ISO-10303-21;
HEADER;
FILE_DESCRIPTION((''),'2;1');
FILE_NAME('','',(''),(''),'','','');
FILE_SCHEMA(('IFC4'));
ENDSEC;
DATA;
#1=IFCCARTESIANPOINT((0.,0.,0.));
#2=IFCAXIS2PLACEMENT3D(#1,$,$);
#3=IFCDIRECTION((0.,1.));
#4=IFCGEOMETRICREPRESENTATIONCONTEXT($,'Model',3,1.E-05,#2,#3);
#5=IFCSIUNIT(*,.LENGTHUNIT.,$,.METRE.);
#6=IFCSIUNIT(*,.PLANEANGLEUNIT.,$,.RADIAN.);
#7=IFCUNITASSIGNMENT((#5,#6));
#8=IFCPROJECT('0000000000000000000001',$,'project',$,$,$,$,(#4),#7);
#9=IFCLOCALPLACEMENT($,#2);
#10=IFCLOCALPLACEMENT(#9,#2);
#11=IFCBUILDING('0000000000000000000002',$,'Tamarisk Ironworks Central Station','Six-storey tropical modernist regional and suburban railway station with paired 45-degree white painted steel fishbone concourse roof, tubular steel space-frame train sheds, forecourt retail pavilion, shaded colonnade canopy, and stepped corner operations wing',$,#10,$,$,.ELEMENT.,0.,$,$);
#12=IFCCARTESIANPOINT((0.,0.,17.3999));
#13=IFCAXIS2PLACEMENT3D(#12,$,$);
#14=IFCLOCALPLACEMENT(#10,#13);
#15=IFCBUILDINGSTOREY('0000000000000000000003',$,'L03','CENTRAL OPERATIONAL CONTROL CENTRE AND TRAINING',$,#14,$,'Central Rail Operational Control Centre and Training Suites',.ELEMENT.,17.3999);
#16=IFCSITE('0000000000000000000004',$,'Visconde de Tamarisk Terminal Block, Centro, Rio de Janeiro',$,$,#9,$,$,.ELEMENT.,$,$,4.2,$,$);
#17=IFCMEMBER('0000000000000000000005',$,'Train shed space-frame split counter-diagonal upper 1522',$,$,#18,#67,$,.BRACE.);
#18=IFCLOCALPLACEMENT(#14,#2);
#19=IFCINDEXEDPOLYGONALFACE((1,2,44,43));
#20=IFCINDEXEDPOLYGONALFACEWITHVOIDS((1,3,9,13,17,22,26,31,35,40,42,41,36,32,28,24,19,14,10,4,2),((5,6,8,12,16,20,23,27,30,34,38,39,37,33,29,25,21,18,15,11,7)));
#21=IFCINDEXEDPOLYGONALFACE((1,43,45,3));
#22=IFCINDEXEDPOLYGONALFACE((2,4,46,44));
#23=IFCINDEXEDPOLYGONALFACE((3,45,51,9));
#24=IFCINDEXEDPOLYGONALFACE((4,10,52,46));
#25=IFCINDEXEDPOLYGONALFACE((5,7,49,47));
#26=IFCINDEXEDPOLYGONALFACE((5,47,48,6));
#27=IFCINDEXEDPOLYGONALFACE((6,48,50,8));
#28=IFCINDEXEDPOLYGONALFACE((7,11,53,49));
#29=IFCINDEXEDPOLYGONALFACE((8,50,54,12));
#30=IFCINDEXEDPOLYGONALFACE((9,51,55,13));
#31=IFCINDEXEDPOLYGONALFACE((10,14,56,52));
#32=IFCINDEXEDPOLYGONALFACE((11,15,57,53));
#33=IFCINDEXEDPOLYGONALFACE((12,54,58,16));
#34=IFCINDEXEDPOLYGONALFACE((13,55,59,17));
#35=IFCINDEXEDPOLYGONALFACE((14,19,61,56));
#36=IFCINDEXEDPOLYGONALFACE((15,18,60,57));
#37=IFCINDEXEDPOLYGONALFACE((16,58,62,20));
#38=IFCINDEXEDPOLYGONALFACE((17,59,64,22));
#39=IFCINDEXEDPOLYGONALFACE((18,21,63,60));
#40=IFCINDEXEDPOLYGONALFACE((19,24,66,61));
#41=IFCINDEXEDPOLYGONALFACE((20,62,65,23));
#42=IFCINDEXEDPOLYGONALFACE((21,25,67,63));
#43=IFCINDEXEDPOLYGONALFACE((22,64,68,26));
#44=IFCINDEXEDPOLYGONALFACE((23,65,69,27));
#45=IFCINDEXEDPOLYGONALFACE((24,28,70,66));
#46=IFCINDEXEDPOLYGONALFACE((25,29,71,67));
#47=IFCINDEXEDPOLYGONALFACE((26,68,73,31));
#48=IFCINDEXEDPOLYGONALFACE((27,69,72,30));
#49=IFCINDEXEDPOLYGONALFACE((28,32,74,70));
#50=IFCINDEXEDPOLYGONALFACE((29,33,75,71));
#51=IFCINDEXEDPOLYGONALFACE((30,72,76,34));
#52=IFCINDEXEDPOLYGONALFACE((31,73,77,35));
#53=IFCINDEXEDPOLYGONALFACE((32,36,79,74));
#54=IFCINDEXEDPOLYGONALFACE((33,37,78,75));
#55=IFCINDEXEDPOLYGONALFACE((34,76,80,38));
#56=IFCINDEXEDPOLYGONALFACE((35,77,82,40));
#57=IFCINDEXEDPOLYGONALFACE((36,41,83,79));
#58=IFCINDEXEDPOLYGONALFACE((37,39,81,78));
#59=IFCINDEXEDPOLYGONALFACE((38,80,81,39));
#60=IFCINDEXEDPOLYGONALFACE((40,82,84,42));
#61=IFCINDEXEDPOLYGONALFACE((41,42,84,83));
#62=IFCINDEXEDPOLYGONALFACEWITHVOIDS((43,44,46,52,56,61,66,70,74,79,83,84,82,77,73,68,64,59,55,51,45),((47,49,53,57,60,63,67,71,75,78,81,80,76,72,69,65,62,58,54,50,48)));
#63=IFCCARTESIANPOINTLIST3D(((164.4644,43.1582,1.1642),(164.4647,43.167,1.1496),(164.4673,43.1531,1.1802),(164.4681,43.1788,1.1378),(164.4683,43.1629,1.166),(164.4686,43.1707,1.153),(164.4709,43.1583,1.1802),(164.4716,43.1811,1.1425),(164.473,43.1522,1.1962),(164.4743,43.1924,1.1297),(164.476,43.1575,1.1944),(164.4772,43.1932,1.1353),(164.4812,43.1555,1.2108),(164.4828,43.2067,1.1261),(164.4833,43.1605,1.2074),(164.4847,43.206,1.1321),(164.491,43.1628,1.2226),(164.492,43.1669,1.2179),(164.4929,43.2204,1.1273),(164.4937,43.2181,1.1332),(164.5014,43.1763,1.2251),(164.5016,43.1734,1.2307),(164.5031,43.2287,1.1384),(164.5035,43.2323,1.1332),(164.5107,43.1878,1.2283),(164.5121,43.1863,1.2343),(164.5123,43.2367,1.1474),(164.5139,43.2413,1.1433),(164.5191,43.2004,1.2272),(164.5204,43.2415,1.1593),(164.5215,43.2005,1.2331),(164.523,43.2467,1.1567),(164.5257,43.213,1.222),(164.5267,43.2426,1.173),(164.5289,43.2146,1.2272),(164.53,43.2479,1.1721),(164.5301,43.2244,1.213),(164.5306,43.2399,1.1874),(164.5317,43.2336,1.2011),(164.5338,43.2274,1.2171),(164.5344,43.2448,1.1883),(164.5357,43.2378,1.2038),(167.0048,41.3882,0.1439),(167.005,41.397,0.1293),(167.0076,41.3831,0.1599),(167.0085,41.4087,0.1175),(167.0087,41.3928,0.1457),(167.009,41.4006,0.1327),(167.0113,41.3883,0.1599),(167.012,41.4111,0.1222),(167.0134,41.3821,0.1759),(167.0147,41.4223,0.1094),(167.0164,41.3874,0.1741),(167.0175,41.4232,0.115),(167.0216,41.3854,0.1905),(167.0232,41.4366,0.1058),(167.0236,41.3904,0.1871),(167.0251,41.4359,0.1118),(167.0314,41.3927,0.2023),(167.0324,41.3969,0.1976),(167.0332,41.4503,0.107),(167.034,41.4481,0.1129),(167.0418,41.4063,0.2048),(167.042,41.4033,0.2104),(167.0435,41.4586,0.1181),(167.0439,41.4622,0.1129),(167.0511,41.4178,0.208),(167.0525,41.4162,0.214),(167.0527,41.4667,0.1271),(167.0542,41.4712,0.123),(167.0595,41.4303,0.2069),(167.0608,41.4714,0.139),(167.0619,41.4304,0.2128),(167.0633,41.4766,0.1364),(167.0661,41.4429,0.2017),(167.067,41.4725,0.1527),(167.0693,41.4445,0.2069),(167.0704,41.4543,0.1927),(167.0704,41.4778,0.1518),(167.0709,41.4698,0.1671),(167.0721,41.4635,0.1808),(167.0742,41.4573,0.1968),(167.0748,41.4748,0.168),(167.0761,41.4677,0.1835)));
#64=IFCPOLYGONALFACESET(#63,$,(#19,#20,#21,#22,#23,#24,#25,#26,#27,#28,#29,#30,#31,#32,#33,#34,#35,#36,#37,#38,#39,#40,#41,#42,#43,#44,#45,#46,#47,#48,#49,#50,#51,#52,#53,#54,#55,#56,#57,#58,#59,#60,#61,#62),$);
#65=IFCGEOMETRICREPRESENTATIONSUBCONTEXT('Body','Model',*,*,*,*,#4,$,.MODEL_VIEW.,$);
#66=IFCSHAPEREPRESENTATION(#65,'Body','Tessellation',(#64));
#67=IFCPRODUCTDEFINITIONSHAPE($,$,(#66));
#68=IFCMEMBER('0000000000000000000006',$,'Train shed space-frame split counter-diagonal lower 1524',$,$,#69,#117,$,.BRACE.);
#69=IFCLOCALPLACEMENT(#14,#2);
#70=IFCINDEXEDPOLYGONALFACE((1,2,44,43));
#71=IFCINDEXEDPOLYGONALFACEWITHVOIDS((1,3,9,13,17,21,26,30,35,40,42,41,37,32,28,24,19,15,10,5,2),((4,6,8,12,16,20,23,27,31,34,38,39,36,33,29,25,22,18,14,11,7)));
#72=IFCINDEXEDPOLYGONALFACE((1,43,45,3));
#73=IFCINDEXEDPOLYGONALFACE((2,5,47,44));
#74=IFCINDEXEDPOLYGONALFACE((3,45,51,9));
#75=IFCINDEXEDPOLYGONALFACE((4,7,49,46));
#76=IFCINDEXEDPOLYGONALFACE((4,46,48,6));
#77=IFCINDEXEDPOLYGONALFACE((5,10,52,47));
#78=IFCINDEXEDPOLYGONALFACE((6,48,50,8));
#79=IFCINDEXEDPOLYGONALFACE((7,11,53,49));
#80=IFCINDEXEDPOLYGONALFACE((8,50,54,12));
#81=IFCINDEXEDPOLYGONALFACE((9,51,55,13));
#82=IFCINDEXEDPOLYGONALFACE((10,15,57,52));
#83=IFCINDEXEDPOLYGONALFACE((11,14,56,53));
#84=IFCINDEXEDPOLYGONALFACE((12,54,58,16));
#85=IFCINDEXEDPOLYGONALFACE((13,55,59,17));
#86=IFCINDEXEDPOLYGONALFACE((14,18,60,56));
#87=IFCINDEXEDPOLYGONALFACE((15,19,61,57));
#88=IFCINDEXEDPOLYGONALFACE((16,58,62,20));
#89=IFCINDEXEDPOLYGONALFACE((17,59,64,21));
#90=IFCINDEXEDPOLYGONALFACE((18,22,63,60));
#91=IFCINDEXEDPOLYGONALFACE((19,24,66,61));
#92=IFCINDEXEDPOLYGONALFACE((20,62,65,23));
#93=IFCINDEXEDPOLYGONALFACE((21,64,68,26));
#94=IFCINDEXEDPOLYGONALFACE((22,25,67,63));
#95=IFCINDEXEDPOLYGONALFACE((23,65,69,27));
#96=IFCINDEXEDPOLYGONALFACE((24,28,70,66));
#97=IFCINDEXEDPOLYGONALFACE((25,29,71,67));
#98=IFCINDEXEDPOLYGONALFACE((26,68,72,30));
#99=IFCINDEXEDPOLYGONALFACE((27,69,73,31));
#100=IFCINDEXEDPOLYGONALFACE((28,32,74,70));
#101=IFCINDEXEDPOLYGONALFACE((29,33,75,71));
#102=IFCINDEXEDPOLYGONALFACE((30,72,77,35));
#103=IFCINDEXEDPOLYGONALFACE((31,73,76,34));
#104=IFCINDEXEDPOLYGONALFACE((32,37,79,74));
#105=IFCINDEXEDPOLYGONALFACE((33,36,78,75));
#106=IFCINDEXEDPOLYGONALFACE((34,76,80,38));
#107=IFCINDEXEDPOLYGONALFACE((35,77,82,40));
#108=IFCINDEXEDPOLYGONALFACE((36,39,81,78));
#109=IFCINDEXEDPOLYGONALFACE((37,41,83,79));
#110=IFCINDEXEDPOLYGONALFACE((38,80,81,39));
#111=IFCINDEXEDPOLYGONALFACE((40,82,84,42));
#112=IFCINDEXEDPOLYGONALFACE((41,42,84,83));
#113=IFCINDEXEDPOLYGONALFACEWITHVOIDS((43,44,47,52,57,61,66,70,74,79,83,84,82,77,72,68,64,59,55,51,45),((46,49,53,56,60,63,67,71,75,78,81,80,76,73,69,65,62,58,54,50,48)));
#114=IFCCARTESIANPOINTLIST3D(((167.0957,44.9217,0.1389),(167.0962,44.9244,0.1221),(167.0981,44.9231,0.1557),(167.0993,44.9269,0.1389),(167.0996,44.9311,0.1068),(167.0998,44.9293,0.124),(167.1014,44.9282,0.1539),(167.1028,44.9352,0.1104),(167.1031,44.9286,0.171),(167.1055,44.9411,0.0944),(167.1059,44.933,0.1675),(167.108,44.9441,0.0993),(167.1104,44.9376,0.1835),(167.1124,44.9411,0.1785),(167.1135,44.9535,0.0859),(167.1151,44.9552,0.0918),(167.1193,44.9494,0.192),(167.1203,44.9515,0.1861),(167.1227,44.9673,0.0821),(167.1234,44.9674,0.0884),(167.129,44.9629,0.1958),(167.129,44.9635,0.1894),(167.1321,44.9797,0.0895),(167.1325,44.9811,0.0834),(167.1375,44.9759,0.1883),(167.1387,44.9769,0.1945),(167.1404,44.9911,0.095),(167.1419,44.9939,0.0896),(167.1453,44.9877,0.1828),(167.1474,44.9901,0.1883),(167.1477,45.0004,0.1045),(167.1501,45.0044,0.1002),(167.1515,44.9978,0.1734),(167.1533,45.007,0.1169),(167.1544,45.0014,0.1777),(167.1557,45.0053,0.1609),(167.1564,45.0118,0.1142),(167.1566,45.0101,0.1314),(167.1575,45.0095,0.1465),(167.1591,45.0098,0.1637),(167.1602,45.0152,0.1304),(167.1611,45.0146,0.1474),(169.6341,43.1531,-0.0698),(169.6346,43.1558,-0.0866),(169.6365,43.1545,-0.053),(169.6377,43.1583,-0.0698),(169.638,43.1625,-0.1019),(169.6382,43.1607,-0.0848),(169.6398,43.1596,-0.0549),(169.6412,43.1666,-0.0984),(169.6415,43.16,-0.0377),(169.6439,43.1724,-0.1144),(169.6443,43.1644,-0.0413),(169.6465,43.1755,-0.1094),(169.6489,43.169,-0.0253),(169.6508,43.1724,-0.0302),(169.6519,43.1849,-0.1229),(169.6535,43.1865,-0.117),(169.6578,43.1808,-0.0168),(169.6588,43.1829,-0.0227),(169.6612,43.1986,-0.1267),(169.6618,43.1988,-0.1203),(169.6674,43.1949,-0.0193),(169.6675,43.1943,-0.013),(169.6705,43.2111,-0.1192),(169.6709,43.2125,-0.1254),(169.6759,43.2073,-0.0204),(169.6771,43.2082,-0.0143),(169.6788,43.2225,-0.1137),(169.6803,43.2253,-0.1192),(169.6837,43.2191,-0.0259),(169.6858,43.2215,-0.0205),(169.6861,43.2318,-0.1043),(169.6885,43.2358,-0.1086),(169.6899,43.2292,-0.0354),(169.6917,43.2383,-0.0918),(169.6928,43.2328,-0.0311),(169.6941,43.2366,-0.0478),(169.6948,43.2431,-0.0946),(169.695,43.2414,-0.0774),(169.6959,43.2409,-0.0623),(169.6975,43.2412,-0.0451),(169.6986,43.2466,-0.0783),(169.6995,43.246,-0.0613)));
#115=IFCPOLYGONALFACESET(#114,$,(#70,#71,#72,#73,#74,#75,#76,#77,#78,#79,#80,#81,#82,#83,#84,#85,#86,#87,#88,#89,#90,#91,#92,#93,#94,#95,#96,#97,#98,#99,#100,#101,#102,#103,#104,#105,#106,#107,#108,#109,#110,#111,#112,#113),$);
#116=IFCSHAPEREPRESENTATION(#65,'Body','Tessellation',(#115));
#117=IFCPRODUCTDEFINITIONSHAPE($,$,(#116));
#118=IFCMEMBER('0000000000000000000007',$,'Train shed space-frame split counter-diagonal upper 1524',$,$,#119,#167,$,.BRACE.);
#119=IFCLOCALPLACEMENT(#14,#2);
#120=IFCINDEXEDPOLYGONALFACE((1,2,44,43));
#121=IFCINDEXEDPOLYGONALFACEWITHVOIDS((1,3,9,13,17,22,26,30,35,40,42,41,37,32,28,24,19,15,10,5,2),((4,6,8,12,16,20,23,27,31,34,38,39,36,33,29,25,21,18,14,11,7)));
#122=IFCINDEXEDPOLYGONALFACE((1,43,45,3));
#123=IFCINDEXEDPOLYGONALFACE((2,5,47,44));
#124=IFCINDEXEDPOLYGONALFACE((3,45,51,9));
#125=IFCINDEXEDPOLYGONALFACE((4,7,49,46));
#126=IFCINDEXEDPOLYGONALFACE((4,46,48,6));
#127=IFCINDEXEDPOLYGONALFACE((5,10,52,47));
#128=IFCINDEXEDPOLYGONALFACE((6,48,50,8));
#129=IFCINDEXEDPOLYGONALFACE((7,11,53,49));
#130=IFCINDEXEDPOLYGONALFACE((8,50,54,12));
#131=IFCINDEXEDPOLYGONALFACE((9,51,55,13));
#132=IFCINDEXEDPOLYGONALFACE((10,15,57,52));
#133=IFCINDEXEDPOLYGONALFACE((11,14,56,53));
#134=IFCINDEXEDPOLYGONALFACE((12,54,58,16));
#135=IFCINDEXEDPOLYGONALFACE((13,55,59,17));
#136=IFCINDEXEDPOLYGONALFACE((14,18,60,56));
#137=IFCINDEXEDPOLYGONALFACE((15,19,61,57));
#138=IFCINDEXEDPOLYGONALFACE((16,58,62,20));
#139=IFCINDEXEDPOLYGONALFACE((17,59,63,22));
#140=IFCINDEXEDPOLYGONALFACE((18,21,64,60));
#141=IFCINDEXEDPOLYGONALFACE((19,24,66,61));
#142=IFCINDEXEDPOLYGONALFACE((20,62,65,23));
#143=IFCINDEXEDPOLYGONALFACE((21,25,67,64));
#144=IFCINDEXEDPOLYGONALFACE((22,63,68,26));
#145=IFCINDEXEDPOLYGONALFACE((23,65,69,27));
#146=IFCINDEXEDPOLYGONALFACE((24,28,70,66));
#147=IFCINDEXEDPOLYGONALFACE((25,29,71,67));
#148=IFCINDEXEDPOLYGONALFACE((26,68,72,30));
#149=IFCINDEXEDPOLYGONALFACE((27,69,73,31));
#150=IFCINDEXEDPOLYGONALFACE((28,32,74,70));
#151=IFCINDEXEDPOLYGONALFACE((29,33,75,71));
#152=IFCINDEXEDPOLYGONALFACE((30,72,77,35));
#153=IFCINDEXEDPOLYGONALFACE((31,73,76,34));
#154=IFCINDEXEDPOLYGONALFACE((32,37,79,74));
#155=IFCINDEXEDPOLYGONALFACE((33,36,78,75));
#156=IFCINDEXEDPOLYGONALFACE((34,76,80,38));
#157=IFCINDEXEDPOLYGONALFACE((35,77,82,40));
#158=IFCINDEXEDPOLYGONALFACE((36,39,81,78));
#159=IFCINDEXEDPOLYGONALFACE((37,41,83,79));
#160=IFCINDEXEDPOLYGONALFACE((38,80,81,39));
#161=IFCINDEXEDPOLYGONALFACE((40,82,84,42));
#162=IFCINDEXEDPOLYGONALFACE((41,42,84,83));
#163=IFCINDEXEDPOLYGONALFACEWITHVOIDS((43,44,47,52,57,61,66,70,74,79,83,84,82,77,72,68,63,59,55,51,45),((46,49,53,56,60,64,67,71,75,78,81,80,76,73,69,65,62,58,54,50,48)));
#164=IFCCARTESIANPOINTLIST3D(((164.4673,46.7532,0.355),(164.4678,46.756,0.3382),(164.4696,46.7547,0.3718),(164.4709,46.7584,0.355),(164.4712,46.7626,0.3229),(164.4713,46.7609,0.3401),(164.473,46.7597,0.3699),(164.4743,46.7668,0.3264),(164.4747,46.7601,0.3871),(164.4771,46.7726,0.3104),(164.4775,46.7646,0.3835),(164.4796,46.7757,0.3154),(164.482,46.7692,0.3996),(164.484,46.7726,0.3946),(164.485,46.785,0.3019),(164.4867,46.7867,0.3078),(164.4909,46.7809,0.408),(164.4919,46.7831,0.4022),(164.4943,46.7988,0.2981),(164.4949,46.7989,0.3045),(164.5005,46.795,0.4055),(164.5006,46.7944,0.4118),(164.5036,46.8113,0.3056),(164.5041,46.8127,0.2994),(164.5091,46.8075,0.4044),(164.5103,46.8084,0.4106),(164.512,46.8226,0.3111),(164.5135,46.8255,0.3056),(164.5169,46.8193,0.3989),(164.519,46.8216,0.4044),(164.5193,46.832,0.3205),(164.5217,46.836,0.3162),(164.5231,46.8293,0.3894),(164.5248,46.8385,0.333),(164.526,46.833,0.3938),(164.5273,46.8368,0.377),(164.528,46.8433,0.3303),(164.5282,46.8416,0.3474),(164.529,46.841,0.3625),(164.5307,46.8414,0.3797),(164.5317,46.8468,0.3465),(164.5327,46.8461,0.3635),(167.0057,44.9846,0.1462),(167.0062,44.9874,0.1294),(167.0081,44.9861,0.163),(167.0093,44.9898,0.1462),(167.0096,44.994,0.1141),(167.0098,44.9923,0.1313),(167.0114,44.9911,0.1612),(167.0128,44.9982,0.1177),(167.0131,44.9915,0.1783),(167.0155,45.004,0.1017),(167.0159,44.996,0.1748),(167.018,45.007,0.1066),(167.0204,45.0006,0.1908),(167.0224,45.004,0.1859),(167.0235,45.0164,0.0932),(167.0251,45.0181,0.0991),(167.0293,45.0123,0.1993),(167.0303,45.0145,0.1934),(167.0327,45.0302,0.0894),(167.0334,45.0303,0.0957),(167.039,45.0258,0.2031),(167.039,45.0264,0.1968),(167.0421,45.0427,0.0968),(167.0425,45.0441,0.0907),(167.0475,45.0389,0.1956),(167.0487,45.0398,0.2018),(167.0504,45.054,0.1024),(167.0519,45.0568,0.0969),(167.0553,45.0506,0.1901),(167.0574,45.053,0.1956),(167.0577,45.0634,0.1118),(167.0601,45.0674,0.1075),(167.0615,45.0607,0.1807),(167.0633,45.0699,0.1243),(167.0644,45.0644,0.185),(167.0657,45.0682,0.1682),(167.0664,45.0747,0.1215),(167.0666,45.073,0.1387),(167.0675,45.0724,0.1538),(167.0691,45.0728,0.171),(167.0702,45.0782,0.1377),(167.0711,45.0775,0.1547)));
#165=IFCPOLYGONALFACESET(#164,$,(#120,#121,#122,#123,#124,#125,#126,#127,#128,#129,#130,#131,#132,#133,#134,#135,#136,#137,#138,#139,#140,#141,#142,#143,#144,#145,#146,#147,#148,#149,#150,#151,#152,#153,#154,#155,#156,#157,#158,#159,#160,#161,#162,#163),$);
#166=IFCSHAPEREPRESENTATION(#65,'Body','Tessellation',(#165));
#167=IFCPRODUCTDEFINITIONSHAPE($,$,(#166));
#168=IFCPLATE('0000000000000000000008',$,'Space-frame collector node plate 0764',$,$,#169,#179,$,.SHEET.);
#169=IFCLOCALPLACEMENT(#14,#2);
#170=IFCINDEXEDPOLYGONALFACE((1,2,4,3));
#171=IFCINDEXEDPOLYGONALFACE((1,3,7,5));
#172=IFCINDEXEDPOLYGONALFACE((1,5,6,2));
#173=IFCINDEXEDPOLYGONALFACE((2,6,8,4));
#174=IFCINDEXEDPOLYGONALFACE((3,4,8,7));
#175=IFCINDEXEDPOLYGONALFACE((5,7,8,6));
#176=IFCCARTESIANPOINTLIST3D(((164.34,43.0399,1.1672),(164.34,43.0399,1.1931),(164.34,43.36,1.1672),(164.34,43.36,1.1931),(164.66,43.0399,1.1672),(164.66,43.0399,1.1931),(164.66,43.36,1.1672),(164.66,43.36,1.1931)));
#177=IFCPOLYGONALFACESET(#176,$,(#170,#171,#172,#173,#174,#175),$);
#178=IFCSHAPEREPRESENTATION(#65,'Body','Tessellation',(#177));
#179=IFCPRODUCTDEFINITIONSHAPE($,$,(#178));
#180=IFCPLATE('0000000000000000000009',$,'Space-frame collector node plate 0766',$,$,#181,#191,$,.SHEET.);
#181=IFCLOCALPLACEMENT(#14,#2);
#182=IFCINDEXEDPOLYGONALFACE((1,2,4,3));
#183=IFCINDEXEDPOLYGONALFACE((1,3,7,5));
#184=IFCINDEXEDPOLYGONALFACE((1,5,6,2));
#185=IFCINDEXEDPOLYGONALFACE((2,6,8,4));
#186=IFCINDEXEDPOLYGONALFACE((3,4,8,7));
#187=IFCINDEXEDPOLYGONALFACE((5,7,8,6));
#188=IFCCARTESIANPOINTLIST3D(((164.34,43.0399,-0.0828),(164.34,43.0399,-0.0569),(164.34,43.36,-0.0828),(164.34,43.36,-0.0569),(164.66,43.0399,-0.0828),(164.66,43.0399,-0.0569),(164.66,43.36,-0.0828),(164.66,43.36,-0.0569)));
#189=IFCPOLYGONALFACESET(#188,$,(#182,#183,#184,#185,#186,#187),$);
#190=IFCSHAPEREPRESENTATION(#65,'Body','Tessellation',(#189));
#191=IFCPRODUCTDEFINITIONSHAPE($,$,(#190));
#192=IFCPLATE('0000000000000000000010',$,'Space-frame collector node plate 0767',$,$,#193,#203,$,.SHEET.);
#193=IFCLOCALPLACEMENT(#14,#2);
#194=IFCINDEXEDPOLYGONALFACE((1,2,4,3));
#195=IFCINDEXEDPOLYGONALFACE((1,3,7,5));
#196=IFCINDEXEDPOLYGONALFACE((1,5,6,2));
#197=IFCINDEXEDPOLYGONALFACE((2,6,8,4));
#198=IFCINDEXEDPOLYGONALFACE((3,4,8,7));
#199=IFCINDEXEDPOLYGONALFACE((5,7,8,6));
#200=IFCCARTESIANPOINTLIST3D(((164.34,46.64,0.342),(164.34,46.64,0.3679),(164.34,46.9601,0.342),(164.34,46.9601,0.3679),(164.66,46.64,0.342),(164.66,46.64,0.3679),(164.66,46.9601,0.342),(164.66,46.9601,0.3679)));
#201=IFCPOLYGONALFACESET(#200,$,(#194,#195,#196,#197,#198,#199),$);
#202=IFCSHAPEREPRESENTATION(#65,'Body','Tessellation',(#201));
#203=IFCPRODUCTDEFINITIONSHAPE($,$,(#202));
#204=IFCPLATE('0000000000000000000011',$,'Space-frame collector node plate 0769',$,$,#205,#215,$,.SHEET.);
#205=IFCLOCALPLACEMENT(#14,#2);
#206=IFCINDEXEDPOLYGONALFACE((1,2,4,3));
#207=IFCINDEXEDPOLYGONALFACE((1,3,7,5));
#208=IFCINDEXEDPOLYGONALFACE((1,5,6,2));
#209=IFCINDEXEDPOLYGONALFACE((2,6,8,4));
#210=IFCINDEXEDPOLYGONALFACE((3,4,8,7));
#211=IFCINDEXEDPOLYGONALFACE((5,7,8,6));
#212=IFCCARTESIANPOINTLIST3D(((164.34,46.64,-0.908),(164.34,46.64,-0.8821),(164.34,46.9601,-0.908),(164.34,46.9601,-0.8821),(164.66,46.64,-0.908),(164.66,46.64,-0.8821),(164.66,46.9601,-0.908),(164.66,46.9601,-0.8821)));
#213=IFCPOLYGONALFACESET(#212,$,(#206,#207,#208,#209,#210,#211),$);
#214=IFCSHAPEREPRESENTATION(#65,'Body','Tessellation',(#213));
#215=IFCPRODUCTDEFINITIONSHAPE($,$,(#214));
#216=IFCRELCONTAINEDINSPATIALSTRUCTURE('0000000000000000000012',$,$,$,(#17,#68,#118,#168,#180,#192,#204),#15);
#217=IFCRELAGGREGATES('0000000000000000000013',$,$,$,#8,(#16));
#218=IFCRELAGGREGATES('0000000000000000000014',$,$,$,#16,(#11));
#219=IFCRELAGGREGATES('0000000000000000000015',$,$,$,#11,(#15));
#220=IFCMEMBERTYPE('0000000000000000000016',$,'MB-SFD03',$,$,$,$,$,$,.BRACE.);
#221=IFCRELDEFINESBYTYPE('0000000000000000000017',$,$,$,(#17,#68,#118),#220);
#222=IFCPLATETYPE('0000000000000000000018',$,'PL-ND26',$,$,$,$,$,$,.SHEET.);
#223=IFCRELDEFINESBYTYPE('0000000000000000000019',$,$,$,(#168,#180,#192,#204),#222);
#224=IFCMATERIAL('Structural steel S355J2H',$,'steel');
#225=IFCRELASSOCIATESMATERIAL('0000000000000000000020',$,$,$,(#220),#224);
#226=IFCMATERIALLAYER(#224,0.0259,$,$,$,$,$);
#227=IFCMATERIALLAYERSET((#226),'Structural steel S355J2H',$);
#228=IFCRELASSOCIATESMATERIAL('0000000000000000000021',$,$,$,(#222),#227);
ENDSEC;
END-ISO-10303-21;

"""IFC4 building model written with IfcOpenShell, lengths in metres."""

from ifc_helpers import new_model, si_unit, direction, frame, origin, origin_2d, place, context, subcontext, project, spatial, rectangle, hollow_circle, extrude, material, layer, layer_set, material_profile, profile_set, type_object, element, save


model = new_model("IFC4")

# Units and contexts
model_context = context("Model", 3, precision=1e-05, world=origin(), true_north=direction((0.0, 1.0)))
body_context = subcontext(model_context, "Body", "Model", "MODEL_VIEW")
ifc_project = project(units=[si_unit("LENGTHUNIT", "METRE"), si_unit("PLANEANGLEUNIT", "RADIAN")], contexts=[model_context])

# Site, building, storey
site_placement = place(None, origin())
site = spatial("IfcSite", under=ifc_project, at=site_placement, Name="Visconde de Tamarisk Terminal Block, Centro, Rio de Janeiro", CompositionType="ELEMENT", RefElevation=4.2)
building_placement = place(site_placement, origin())
building = spatial("IfcBuilding", under=site, at=building_placement, Name="Tamarisk Ironworks Central Station", Description="Six-storey tropical modernist regional and suburban railway station with paired 45-degree white painted steel fishbone concourse roof, tubular steel space-frame train sheds, forecourt retail pavilion, shaded colonnade canopy, and stepped corner operations wing", CompositionType="ELEMENT", ElevationOfRefHeight=0.0)
storey_placement = place(building_placement, frame((0.0, 0.0, 17.3999)))
storey = spatial("IfcBuildingStorey", under=building, at=storey_placement, Name="L03", Description="CENTRAL OPERATIONAL CONTROL CENTRE AND TRAINING", LongName="Central Rail Operational Control Centre and Training Suites", CompositionType="ELEMENT", Elevation=17.3999)

# Members
ifc_material = material(Name="Structural steel S355J2H", Category="steel")
ifc_material_profile_1 = material_profile(ifc_material, hollow_circle(Radius=0.0571, WallThickness=0.0063, at=origin_2d()), Name="CHS 114.3x6.3")
ifc_profile_set_1 = profile_set([ifc_material_profile_1], Name="Structural steel S355J2H")
member_type_1 = type_object("IfcMemberType", Name="MB-SFD03", PredefinedType="BRACE", material=ifc_profile_set_1)
member_1_placement = place(storey_placement, frame((167.0403, 41.4299, 0.1599), z_axis=(-0.779252, 0.542967, 0.312974), x_axis=(-0.571688, -0.820471, 0.0)))
element("IfcMember", 1, at=member_1_placement, inside=storey, type_object=member_type_1, Name="Train shed space-frame split counter-diagonal upper 1522", PredefinedType="BRACE", context=body_context, shape_type="SweptSolid", body=[
    extrude(hollow_circle(Radius=0.0571, WallThickness=0.0063, at=origin_2d()), origin(), (0.0, 0.0, 1.0), 3.26),
])
for number, where, z_axis, x_axis, name in (
    (2, (169.6667, 43.2, -0.0698), (-0.818625, 0.570369, 0.06732), (-0.571666, -0.820487, 0.0), "Train shed space-frame split counter-diagonal lower 1524"),
    (3, (167.0383, 45.0315, 0.1462), (-0.818625, 0.570369, 0.06732), (-0.571666, -0.820487, 0.0), "Train shed space-frame split counter-diagonal upper 1524"),
):
    element("IfcMember", number, at=place(storey_placement, frame(where, z_axis=z_axis, x_axis=x_axis)), inside=storey, type_object=member_type_1, Name=name, PredefinedType="BRACE", context=body_context, shape_type="SweptSolid", body=[
        extrude(hollow_circle(Radius=0.0571, WallThickness=0.0063, at=origin_2d()), origin(), (0.0, 0.0, 1.0), 3.1008),
    ])

# Plates
ifc_layer = layer(ifc_material, 0.0259)
ifc_layer_set = layer_set([ifc_layer], Name="Structural steel S355J2H")
plate_type = type_object("IfcPlateType", Name="PL-ND26", PredefinedType="SHEET", material=ifc_layer_set)
for number, where, z_axis, x_axis, name in (
    (4, (164.5, 43.2, 1.1672), (0.0, 0.0, 1.0), (1.0, 0.0, 0.0), "Space-frame collector node plate 0764"),
    (5, (164.5, 43.2, -0.0828), (0.0, 0.0, 1.0), (1.0, 0.0, 0.0), "Space-frame collector node plate 0766"),
    (6, (164.5, 46.8, 0.342), (0.0, 0.0, 1.0), (1.0, 0.0, 0.0), "Space-frame collector node plate 0767"),
    (7, (164.5, 46.8, -0.908), (0.0, 0.0, 1.0), (1.0, 0.0, 0.0), "Space-frame collector node plate 0769"),
):
    element("IfcPlate", number, at=place(storey_placement, frame(where, z_axis=z_axis, x_axis=x_axis)), inside=storey, type_object=plate_type, Name=name, PredefinedType="SHEET", context=body_context, shape_type="SweptSolid", body=[
        extrude(rectangle(XDim=0.3201, YDim=0.3201, at=origin_2d()), origin(), (0.0, 0.0, 1.0), 0.0259),
    ])

save(model, "model.ifc")
